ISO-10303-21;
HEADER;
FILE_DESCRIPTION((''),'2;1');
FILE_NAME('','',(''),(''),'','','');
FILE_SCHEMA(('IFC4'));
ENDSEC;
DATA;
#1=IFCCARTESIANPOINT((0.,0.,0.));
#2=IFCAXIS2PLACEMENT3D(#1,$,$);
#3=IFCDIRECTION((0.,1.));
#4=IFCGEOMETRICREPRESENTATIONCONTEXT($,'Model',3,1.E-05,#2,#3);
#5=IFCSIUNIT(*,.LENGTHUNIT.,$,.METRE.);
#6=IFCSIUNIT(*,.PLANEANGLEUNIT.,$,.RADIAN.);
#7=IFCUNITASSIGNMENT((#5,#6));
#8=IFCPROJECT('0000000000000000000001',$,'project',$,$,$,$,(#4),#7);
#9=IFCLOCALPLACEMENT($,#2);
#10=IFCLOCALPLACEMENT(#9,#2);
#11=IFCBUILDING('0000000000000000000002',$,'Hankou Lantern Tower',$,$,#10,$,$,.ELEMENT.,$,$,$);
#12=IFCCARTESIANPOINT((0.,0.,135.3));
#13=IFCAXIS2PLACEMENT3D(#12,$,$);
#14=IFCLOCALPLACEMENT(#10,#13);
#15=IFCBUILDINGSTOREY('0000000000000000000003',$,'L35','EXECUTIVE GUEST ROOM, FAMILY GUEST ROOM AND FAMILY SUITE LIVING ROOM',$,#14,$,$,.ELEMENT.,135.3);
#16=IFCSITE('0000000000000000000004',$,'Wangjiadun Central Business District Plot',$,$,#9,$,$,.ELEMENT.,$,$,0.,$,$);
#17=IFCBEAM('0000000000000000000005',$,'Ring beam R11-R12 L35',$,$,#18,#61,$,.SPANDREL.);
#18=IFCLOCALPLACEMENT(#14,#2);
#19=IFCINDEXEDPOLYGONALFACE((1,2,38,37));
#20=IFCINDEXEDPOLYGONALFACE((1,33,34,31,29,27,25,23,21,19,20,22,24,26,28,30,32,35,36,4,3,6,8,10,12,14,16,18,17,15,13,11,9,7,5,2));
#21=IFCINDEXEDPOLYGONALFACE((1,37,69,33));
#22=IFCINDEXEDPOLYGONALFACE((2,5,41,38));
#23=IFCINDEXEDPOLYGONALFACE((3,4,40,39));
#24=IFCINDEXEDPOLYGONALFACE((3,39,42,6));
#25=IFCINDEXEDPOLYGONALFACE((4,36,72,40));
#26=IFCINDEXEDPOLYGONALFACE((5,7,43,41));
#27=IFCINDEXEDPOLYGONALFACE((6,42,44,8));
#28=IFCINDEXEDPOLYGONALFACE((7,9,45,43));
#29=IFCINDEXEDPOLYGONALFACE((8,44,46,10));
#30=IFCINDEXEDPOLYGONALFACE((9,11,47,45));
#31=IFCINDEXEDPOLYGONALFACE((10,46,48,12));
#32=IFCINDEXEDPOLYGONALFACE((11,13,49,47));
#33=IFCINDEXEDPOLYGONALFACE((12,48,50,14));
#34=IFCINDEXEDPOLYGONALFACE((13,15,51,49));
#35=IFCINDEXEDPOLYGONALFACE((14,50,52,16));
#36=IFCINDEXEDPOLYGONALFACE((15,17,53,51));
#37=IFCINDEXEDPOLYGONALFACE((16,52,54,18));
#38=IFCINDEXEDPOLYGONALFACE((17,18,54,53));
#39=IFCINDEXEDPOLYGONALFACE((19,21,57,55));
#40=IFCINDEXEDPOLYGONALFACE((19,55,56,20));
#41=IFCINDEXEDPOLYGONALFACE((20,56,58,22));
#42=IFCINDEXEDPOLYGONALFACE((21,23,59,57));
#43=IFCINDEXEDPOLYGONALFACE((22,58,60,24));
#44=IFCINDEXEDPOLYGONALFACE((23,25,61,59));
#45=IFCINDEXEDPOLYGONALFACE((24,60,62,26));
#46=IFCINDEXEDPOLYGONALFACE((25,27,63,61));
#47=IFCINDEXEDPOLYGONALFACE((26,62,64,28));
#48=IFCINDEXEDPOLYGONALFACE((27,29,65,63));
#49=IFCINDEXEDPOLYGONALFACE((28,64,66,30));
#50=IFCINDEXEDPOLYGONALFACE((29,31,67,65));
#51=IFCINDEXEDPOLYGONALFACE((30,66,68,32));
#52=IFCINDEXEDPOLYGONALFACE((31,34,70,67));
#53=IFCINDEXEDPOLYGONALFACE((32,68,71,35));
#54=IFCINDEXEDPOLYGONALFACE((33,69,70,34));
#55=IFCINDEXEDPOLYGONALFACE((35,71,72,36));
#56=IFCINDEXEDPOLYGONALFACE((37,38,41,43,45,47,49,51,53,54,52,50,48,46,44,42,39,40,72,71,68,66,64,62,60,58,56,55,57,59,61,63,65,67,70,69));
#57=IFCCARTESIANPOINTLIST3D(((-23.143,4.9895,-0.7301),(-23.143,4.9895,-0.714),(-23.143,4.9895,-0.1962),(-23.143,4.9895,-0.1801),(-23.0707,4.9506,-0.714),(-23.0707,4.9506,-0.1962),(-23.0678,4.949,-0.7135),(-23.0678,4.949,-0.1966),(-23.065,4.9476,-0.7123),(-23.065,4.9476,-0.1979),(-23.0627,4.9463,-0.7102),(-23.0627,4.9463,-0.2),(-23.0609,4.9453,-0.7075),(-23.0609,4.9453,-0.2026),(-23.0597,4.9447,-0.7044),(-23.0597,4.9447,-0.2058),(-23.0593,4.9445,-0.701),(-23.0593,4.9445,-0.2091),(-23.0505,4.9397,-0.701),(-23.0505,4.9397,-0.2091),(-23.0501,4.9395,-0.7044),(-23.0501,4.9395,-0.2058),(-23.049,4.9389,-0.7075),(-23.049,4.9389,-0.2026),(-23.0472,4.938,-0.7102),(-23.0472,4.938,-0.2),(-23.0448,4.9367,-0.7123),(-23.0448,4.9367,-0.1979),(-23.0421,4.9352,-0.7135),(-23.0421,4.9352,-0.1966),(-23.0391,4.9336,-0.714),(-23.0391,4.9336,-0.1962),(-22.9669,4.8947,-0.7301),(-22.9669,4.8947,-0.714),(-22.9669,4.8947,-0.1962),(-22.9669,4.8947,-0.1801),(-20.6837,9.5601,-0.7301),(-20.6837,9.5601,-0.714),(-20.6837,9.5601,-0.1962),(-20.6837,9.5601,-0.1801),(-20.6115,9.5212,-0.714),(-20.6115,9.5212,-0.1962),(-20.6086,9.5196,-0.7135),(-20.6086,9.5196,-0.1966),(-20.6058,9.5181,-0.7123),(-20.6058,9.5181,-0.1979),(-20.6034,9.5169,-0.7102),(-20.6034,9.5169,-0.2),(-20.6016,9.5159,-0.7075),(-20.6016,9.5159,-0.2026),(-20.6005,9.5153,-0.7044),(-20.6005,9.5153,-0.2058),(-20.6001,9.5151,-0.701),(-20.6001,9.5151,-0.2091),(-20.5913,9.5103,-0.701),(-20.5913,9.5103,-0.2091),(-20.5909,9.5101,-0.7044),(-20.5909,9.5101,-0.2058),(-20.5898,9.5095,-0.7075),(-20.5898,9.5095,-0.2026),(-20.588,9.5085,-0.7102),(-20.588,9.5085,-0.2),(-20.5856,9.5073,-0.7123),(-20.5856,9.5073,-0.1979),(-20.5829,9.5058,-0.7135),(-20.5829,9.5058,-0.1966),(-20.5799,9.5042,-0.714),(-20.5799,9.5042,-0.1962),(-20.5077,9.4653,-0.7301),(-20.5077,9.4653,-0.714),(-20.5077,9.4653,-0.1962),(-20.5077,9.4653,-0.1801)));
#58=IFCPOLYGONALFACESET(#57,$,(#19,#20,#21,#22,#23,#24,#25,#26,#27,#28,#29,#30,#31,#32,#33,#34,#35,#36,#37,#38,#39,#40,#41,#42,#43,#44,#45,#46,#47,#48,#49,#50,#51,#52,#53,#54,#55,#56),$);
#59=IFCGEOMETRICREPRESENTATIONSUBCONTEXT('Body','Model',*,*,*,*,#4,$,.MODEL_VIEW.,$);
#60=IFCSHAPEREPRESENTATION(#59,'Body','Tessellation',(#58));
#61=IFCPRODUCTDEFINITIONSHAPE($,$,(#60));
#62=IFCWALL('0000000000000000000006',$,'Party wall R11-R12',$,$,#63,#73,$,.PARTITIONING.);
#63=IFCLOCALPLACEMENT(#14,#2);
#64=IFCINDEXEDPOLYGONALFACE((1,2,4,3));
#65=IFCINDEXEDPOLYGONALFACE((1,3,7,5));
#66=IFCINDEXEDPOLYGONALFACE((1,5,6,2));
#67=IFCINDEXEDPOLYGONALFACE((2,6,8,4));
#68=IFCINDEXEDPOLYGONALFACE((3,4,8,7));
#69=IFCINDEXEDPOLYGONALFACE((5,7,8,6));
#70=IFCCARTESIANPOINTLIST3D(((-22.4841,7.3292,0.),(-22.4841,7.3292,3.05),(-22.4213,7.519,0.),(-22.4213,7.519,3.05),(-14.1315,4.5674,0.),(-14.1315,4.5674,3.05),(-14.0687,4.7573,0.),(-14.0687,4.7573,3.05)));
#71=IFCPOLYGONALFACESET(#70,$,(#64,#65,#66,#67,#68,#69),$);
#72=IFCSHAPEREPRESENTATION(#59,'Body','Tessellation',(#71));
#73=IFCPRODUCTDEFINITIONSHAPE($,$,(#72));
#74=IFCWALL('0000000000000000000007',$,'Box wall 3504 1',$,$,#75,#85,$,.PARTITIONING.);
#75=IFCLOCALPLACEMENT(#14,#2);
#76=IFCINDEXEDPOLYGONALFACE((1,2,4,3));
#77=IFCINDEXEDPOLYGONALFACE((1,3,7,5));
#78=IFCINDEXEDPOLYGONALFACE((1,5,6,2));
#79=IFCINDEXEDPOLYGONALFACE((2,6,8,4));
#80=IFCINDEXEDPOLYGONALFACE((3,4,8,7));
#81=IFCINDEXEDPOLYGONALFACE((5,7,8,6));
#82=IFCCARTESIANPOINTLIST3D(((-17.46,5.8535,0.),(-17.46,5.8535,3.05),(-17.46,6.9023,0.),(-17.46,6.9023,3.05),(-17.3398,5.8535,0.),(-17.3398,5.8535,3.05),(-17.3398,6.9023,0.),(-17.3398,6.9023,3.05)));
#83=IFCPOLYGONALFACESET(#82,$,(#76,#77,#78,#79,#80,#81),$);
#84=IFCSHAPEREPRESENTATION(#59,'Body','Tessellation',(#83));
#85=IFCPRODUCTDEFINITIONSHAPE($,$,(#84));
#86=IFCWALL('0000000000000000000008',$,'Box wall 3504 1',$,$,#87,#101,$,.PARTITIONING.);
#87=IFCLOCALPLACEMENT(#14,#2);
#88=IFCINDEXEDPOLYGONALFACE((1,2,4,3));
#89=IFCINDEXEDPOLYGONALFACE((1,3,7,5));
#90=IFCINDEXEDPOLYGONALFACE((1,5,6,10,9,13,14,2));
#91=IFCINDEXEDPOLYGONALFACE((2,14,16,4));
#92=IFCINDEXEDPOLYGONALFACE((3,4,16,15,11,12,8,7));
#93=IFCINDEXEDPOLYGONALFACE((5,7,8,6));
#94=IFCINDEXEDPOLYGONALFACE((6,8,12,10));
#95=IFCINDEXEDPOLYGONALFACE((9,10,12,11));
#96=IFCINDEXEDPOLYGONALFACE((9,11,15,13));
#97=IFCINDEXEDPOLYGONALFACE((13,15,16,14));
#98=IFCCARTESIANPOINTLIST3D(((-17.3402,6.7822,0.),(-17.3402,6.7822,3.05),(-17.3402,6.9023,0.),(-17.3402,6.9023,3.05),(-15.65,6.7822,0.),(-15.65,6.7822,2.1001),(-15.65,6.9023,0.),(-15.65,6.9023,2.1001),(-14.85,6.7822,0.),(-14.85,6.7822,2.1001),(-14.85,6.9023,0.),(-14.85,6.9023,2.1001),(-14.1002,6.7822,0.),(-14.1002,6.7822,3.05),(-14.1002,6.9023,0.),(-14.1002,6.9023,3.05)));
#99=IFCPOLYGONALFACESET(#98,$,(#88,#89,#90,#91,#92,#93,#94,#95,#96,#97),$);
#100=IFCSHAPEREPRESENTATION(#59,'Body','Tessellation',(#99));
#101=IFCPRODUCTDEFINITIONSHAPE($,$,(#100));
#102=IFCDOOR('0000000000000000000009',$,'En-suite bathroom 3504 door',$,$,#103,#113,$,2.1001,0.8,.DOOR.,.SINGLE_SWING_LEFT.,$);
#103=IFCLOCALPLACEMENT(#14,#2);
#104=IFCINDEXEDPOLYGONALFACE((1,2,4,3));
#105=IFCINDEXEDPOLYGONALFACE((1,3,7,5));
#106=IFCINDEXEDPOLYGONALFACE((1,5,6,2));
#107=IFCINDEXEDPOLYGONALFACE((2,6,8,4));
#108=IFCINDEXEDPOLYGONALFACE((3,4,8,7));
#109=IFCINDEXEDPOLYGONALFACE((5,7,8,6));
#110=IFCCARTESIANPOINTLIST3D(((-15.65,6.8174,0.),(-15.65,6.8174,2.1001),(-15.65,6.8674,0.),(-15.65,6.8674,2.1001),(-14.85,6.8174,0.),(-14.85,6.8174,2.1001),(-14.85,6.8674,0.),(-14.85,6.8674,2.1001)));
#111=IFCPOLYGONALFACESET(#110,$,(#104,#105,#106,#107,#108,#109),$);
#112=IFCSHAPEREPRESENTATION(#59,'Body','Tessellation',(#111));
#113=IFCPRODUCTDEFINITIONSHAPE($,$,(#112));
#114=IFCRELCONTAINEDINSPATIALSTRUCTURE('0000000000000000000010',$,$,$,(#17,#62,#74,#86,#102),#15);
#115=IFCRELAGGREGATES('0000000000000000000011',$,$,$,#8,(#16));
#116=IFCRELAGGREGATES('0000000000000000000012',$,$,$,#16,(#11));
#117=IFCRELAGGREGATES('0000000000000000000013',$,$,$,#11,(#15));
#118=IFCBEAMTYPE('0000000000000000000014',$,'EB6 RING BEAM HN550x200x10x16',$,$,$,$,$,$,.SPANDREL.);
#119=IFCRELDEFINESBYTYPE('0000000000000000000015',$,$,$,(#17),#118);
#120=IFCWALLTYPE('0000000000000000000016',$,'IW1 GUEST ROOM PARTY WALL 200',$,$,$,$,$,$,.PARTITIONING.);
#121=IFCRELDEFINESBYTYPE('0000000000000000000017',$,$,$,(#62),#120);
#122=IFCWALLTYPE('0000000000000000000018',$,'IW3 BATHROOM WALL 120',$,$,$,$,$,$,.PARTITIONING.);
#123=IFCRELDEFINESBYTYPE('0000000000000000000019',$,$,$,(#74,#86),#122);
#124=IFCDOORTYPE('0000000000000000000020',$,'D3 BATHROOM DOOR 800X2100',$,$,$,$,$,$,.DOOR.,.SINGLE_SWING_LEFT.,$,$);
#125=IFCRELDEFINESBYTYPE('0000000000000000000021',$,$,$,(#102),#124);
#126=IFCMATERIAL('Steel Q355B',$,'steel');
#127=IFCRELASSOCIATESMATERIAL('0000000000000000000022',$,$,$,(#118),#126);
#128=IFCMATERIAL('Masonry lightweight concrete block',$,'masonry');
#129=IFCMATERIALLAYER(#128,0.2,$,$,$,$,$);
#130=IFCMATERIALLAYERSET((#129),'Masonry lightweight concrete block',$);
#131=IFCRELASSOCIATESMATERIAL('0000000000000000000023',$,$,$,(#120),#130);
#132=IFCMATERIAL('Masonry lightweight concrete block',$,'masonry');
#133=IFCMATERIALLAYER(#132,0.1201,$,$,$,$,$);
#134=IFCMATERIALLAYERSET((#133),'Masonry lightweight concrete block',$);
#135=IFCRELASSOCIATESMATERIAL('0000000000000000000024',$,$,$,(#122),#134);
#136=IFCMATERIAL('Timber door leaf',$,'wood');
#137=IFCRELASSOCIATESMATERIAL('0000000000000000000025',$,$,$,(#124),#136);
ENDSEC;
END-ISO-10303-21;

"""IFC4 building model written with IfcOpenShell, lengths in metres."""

from ifc_helpers import new_model, si_unit, direction, frame, frame_2d, origin, origin_2d, place, context, subcontext, project, spatial, rectangle, i_section, extrude, material, layer, layer_set, material_profile, profile_set, type_object, element, fill, save


model = new_model("IFC4")

# Units and contexts
model_context = context("Model", 3, precision=1e-05, world=origin(), true_north=direction((0.0, 1.0)))
body_context = subcontext(model_context, "Body", "Model", "MODEL_VIEW")
ifc_project = project(units=[si_unit("LENGTHUNIT", "METRE"), si_unit("PLANEANGLEUNIT", "RADIAN")], contexts=[model_context])

# Site, building, storey
site_placement = place(None, origin())
site = spatial("IfcSite", under=ifc_project, at=site_placement, Name="Wangjiadun Central Business District Plot", CompositionType="ELEMENT", RefElevation=0.0)
building_placement = place(site_placement, origin())
building = spatial("IfcBuilding", under=site, at=building_placement, Name="Hankou Lantern Tower", CompositionType="ELEMENT")
storey_placement = place(building_placement, frame((0.0, 0.0, 135.3)))
storey = spatial("IfcBuildingStorey", under=building, at=storey_placement, Name="L35", Description="EXECUTIVE GUEST ROOM, FAMILY GUEST ROOM AND FAMILY SUITE LIVING ROOM", CompositionType="ELEMENT", Elevation=135.3)

# Beam
ifc_material_1 = material(Name="Steel Q355B", Category="steel")
ifc_material_profile = material_profile(ifc_material_1, i_section(OverallWidth=0.2, OverallDepth=0.55, WebThickness=0.01, FlangeThickness=0.0161, FilletRadius=0.0129, at=origin_2d()), Name="HN550x200x10x16")
ifc_profile_set = profile_set([ifc_material_profile], Name="Steel Q355B")
beam_type = type_object("IfcBeamType", Name="EB6 RING BEAM HN550x200x10x16", PredefinedType="SPANDREL", material=ifc_profile_set)
beam_placement = place(storey_placement, frame((-20.5957, 9.5127, -0.4551), z_axis=(-0.473825, -0.880619, 0.0), x_axis=(0.880619, -0.473825, 0.0)))
element("IfcBeam", 1, at=beam_placement, inside=storey, type_object=beam_type, Name="Ring beam R11-R12 L35", PredefinedType="SPANDREL", context=body_context, shape_type="SweptSolid", body=[
    extrude(i_section(OverallWidth=0.2, OverallDepth=0.55, WebThickness=0.01, FlangeThickness=0.0161, FilletRadius=0.0129, at=origin_2d()), origin(), (0.0, 0.0, 1.0), 5.1902),
])

# Walls
ifc_material_2 = material(Name="Masonry lightweight concrete block", Category="masonry")
ifc_layer_1 = layer(ifc_material_2, 0.2)
ifc_layer_set_1 = layer_set([ifc_layer_1], Name="Masonry lightweight concrete block")
wall_type_1 = type_object("IfcWallType", Name="IW1 GUEST ROOM PARTY WALL 200", PredefinedType="PARTITIONING", material=ifc_layer_set_1)
wall_1_placement = place(storey_placement, frame((-14.1001, 4.6624, 0.0), z_axis=(0.0, 0.0, 1.0), x_axis=(-0.949446, 0.313929, 0.0)))
element("IfcWall", 2, at=wall_1_placement, inside=storey, type_object=wall_type_1, Name="Party wall R11-R12", PredefinedType="PARTITIONING", context=body_context, shape_type="SweptSolid", body=[
    extrude(rectangle(XDim=8.7974, YDim=0.2, at=frame_2d((4.3987, 0.0))), origin(), (0.0, 0.0, 1.0), 3.05),
])
ifc_material_3 = material(Name="Masonry lightweight concrete block", Category="masonry")
ifc_layer_2 = layer(ifc_material_3, 0.1201)
ifc_layer_set_2 = layer_set([ifc_layer_2], Name="Masonry lightweight concrete block")
wall_type_2 = type_object("IfcWallType", Name="IW3 BATHROOM WALL 120", PredefinedType="PARTITIONING", material=ifc_layer_set_2)
wall_2_placement = place(storey_placement, frame((-17.3999, 5.8535, 0.0), z_axis=(0.0, 0.0, 1.0), x_axis=(0.0, 1.0, 0.0)))
element("IfcWall", 3, at=wall_2_placement, inside=storey, type_object=wall_type_2, Name="Box wall 3504 1", PredefinedType="PARTITIONING", context=body_context, shape_type="SweptSolid", body=[
    extrude(rectangle(XDim=1.0488, YDim=0.1201, at=frame_2d((0.5244, 0.0))), origin(), (0.0, 0.0, 1.0), 3.05),
])

# Wall, opening, door
wall_3_placement = place(storey_placement, frame((-14.1001, 6.8423, 0.0), z_axis=(0.0, 0.0, 1.0), x_axis=(-1.0, 0.0, 0.0)))
wall_3 = element("IfcWall", 4, at=wall_3_placement, inside=storey, type_object=wall_type_2, Name="Box wall 3504 1", PredefinedType="PARTITIONING", context=body_context, shape_type="SweptSolid", body=[
    extrude(rectangle(XDim=3.24, YDim=0.1201, at=frame_2d((1.6201, 0.0))), origin(), (0.0, 0.0, 1.0), 3.05),
])
opening_1_placement = place(wall_3_placement, frame((0.75, 0.0, 0.0)))
opening_1 = element("IfcOpeningElement", 5, at=opening_1_placement, cuts=wall_3, PredefinedType="OPENING", context=body_context, shape_type="SweptSolid", body=[
    extrude(rectangle(XDim=0.8, YDim=2.1001, at=frame_2d((0.3999, 1.05))), frame((0.0, 0.0701, 0.0), z_axis=(0.0, -1.0, 0.0), x_axis=(1.0, 0.0, 0.0)), (0.0, 0.0, 1.0), 0.1401),
])
ifc_material_4 = material(Name="Timber door leaf", Category="wood")
door_type_1 = type_object("IfcDoorType", Name="D3 BATHROOM DOOR 800X2100", OperationType="SINGLE_SWING_LEFT", PredefinedType="DOOR", material=ifc_material_4)
door_1_placement = place(opening_1_placement, origin())
door_1 = element("IfcDoor", 6, at=door_1_placement, inside=storey, type_object=door_type_1, Name="En-suite bathroom 3504 door", OperationType="SINGLE_SWING_LEFT", OverallHeight=2.1001, OverallWidth=0.8, PredefinedType="DOOR", context=body_context, shape_type="SweptSolid", body=[
    extrude(rectangle(XDim=0.8, YDim=2.1001, at=frame_2d((0.3999, 1.05))), frame((0.0, 0.0249, 0.0), z_axis=(0.0, -1.0, 0.0), x_axis=(1.0, 0.0, 0.0)), (0.0, 0.0, 1.0), 0.05),
])
fill(opening_1, door_1)

save(model, "model.ifc")
